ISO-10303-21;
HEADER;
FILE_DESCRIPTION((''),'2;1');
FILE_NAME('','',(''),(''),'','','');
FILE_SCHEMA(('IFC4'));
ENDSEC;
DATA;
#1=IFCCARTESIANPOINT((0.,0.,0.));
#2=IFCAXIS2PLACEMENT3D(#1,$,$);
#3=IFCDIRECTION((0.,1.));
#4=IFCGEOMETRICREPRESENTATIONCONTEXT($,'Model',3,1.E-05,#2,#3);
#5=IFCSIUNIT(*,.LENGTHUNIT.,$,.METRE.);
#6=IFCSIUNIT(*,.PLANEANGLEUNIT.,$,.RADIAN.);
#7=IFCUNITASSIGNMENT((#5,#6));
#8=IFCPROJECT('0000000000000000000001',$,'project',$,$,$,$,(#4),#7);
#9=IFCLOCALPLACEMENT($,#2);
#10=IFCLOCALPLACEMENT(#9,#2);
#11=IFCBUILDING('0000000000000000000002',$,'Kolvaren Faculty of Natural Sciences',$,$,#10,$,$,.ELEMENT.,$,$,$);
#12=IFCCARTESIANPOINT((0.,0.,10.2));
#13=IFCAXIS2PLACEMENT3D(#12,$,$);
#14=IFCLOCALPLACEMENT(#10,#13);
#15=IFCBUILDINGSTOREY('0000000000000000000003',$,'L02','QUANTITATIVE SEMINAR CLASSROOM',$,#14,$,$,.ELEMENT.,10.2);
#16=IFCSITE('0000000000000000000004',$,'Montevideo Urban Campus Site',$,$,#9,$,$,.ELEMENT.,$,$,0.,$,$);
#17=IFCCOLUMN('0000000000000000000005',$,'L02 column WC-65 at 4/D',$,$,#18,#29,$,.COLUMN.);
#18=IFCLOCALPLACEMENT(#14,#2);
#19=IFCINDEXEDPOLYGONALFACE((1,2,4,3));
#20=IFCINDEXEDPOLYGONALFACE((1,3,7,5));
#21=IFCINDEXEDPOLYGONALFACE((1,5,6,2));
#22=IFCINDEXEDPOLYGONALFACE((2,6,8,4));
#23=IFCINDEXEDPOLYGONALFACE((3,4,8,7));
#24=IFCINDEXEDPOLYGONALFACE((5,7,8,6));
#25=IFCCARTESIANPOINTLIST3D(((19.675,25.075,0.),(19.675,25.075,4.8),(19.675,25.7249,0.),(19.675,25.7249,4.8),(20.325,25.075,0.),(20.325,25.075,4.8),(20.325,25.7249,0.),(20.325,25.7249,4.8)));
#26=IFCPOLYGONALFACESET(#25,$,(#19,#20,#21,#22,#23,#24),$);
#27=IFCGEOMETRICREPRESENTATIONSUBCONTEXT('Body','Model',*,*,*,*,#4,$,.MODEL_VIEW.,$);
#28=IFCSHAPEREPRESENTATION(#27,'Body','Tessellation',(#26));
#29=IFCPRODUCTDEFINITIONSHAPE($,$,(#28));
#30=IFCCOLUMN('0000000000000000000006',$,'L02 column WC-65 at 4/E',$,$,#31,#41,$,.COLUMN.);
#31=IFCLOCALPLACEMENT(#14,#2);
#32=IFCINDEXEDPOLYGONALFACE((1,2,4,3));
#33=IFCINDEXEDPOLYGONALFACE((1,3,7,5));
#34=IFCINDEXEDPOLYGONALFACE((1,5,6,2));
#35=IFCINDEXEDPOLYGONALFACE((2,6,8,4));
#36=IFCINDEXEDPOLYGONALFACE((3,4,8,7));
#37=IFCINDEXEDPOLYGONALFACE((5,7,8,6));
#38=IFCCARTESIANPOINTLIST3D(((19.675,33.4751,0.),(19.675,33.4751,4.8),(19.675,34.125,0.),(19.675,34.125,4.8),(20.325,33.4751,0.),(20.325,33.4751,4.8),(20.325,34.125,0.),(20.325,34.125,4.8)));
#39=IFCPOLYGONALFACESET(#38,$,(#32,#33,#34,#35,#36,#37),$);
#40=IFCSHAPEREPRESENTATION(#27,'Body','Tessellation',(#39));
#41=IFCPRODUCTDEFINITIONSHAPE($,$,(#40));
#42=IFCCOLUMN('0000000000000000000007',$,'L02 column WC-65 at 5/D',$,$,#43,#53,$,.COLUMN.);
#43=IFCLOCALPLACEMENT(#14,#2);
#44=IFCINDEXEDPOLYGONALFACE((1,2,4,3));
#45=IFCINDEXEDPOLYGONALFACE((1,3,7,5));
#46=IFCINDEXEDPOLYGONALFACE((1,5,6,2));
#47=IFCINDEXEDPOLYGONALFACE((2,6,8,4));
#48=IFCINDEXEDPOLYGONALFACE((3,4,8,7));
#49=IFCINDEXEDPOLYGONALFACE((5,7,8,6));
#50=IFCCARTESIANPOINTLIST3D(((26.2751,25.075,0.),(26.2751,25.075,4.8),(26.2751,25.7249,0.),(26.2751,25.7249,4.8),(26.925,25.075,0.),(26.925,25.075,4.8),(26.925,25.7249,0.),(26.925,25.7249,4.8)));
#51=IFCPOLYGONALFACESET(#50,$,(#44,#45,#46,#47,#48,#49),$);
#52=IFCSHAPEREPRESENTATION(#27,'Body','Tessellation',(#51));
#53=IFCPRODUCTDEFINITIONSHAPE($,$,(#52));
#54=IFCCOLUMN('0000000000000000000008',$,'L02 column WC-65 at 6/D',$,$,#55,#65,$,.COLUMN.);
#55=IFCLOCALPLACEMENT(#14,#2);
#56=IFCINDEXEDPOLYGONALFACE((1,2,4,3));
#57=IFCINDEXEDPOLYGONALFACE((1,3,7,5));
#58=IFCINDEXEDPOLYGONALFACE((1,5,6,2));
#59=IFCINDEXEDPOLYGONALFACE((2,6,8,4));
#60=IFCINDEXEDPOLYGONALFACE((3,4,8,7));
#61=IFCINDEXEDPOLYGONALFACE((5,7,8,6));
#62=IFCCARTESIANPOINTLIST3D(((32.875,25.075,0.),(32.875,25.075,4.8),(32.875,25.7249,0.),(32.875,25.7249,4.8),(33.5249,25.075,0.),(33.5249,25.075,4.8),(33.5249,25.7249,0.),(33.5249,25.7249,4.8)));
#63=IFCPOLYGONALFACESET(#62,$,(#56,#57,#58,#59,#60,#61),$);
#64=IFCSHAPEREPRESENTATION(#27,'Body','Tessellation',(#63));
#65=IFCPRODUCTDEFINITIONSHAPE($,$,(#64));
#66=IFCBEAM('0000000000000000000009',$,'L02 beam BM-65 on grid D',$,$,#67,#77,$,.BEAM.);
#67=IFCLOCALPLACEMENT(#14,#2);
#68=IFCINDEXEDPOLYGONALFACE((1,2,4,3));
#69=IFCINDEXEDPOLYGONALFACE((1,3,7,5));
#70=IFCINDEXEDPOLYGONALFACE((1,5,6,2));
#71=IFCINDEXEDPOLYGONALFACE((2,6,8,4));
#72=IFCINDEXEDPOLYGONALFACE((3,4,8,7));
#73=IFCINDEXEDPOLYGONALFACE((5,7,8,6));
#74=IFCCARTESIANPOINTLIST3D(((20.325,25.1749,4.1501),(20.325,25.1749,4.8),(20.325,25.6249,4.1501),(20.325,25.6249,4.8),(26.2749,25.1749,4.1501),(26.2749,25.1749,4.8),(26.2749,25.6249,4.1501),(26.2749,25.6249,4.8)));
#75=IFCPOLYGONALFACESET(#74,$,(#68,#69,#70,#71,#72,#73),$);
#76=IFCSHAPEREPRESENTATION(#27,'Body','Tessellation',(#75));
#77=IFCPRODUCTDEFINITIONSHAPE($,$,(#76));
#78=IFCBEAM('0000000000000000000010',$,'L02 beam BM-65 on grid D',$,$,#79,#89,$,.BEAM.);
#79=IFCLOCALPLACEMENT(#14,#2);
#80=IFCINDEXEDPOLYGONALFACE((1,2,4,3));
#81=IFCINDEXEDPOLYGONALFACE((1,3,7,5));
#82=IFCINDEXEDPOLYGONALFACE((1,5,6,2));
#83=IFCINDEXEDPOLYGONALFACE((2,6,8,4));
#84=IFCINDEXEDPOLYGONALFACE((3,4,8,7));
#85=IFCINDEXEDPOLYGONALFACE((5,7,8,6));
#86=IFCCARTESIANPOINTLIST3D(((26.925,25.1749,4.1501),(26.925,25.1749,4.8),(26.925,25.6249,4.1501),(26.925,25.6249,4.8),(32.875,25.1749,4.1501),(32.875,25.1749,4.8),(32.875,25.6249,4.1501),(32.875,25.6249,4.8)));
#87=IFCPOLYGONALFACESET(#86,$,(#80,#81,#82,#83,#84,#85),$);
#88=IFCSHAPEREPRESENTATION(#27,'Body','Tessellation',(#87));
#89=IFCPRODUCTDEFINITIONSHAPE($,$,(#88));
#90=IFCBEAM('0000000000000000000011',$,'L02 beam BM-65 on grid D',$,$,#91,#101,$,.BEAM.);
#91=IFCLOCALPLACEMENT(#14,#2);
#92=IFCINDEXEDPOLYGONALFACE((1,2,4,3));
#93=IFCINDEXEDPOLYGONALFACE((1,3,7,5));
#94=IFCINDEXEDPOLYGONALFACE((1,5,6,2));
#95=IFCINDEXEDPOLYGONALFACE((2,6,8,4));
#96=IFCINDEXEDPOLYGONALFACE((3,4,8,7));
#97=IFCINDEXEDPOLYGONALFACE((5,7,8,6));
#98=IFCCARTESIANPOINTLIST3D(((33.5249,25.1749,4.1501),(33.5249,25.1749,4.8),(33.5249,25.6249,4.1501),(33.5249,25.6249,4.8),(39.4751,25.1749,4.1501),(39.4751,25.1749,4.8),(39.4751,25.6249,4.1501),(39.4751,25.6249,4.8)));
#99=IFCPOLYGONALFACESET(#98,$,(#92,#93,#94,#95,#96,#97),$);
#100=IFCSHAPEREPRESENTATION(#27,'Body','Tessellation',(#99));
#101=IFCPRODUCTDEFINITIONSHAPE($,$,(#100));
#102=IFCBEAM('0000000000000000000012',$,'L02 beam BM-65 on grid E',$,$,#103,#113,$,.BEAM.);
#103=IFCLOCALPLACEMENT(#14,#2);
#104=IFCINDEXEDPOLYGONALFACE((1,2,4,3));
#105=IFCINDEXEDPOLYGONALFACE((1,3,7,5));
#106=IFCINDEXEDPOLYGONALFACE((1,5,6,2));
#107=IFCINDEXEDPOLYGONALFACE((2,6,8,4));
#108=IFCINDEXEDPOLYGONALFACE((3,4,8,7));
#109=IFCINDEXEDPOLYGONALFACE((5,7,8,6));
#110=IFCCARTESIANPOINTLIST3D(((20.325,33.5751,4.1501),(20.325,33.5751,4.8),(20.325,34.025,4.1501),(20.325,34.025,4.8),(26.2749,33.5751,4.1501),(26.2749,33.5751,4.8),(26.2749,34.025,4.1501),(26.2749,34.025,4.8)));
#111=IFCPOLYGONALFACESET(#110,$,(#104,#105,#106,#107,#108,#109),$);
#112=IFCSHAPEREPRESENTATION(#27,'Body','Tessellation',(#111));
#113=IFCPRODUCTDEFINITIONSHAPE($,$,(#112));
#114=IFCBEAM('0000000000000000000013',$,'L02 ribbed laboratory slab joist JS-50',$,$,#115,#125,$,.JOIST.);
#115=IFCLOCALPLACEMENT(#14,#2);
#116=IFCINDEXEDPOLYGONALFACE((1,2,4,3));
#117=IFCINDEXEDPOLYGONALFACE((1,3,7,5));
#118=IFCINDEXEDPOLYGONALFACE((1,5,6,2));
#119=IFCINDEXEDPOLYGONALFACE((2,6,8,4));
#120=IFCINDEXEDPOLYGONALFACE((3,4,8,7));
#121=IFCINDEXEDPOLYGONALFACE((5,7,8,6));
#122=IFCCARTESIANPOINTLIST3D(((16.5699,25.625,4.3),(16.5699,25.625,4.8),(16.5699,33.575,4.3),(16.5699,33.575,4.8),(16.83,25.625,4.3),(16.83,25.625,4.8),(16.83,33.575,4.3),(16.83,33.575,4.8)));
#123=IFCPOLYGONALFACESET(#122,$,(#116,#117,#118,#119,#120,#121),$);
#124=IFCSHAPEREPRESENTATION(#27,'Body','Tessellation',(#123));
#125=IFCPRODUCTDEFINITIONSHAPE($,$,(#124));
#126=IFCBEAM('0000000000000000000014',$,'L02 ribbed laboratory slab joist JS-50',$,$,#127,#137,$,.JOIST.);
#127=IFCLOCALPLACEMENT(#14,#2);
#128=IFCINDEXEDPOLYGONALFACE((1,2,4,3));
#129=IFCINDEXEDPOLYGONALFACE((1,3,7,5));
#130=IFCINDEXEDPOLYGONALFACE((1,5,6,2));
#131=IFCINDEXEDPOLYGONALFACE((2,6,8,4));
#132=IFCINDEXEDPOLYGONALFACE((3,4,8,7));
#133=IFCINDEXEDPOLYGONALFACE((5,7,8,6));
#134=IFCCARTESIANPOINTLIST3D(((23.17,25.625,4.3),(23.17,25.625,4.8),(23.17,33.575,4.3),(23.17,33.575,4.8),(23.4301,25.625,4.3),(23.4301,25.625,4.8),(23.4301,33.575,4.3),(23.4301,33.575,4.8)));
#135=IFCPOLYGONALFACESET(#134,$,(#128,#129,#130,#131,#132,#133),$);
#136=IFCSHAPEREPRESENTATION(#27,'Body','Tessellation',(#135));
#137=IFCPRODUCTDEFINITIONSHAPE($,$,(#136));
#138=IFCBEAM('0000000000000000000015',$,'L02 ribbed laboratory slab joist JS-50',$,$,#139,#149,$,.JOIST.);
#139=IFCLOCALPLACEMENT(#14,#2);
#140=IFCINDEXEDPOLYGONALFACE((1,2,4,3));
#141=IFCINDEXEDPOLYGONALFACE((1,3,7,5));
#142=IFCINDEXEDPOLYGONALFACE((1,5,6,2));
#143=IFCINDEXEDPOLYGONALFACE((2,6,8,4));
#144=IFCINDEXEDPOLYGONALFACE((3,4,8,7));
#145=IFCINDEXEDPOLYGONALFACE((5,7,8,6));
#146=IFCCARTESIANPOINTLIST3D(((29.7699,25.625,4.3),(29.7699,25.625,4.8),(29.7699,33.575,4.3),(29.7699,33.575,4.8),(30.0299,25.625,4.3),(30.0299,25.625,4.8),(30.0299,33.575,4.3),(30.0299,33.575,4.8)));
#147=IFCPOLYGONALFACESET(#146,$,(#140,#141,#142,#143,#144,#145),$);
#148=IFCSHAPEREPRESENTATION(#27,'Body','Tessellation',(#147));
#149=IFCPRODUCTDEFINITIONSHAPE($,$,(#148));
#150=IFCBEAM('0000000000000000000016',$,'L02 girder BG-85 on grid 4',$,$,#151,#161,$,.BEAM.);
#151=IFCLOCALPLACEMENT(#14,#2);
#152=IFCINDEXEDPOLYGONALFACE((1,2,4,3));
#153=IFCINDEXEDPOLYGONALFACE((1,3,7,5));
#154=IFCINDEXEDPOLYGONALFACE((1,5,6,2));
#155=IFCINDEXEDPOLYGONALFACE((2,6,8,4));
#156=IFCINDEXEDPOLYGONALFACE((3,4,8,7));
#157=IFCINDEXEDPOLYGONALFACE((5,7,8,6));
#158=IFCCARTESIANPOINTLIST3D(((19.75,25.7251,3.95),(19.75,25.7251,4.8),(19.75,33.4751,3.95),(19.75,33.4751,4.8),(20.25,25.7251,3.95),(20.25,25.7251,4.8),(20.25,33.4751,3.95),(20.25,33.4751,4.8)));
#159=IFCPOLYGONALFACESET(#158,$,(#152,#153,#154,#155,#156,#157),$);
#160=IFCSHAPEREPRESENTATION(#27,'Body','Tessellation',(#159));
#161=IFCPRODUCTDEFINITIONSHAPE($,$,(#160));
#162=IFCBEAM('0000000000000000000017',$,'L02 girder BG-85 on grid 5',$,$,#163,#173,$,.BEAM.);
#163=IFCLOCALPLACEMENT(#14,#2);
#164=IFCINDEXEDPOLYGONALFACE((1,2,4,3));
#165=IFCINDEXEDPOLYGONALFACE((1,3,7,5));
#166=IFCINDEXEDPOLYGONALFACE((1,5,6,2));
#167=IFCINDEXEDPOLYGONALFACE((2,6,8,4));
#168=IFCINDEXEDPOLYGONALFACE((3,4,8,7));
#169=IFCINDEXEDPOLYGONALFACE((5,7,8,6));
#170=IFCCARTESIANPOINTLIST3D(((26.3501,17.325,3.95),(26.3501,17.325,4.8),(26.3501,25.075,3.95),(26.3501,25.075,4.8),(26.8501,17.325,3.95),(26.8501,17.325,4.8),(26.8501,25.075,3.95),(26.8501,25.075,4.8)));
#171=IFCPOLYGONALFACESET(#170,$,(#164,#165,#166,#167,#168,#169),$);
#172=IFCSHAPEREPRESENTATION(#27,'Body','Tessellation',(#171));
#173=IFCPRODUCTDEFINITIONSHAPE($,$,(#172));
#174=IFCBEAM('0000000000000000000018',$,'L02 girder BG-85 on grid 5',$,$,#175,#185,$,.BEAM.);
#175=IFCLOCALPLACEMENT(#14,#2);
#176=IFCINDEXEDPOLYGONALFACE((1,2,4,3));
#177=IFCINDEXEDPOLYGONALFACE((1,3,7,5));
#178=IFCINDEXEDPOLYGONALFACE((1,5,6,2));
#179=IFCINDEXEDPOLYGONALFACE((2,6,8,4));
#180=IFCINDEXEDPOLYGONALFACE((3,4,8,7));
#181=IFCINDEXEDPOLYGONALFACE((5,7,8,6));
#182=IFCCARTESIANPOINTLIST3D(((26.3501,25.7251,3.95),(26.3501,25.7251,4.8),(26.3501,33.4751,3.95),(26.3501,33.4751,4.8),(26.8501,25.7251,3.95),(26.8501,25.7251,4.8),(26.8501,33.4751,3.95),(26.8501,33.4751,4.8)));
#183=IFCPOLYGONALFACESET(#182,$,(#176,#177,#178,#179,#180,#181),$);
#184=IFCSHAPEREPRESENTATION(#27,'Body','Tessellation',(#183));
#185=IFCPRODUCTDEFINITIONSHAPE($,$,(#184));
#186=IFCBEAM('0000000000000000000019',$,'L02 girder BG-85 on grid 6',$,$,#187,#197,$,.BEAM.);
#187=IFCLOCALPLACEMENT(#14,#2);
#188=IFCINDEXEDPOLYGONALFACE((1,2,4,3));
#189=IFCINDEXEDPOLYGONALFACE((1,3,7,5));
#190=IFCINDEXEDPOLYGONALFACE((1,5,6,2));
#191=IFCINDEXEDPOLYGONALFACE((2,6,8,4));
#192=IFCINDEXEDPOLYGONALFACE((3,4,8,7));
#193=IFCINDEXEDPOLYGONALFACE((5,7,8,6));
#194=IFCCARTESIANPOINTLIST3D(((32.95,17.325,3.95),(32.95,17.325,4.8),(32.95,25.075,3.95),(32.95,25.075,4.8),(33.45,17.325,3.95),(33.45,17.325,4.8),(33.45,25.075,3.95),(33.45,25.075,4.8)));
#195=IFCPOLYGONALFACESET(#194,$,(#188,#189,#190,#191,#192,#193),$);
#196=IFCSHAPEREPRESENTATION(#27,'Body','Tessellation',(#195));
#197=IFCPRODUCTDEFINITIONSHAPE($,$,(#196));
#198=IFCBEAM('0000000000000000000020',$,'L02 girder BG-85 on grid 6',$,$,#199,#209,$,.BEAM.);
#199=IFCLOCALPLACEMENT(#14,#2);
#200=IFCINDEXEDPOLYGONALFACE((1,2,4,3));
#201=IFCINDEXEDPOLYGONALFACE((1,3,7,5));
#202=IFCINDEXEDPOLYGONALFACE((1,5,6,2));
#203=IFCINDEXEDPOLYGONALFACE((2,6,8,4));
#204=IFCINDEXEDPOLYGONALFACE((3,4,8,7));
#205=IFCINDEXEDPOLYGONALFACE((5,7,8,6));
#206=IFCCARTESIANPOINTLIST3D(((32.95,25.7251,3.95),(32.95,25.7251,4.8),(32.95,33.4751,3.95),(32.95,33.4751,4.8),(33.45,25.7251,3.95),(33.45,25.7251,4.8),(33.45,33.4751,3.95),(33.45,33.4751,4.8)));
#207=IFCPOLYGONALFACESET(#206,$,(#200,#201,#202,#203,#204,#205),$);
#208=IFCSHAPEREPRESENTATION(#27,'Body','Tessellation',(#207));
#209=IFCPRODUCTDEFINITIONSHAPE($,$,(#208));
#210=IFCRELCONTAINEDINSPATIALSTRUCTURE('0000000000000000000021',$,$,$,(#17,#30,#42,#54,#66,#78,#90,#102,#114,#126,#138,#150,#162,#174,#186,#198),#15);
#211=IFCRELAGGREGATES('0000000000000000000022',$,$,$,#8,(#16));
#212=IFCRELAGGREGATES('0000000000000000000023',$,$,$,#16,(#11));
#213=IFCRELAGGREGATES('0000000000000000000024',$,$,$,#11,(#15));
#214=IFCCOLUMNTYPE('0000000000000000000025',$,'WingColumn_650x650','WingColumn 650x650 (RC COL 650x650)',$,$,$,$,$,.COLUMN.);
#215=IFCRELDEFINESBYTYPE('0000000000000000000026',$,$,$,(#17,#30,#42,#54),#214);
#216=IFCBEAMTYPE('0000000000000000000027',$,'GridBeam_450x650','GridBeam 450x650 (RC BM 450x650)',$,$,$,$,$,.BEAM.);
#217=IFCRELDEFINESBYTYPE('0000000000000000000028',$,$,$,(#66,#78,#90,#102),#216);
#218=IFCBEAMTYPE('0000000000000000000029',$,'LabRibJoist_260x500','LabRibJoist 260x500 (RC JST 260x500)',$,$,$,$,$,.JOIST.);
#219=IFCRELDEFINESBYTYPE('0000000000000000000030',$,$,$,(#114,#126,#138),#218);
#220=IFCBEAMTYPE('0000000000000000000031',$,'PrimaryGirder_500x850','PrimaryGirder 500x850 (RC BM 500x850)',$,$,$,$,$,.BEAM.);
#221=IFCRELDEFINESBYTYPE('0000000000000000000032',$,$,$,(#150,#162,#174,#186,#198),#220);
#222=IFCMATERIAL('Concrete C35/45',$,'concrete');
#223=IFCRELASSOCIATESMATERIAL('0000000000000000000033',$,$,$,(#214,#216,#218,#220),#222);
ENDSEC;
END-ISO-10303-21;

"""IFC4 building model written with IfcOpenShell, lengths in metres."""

from ifc_helpers import new_model, si_unit, direction, frame, origin, origin_2d, place, context, subcontext, project, spatial, rectangle, extrude, material, material_profile, profile_set, type_object, element, save


model = new_model("IFC4")

# Units and contexts
model_context = context("Model", 3, precision=1e-05, world=origin(), true_north=direction((0.0, 1.0)))
body_context = subcontext(model_context, "Body", "Model", "MODEL_VIEW")
ifc_project = project(units=[si_unit("LENGTHUNIT", "METRE"), si_unit("PLANEANGLEUNIT", "RADIAN")], contexts=[model_context])

# Site, building, storey
site_placement = place(None, origin())
site = spatial("IfcSite", under=ifc_project, at=site_placement, Name="Montevideo Urban Campus Site", CompositionType="ELEMENT", RefElevation=0.0)
building_placement = place(site_placement, origin())
building = spatial("IfcBuilding", under=site, at=building_placement, Name="Kolvaren Faculty of Natural Sciences", CompositionType="ELEMENT")
storey_placement = place(building_placement, frame((0.0, 0.0, 10.2)))
storey = spatial("IfcBuildingStorey", under=building, at=storey_placement, Name="L02", Description="QUANTITATIVE SEMINAR CLASSROOM", CompositionType="ELEMENT", Elevation=10.2)

# Columns
ifc_material_1 = material(Name="Concrete C35/45", Category="concrete")
ifc_material_profile_1 = material_profile(ifc_material_1, rectangle(XDim=0.6499, YDim=0.6499, at=origin_2d()), Name="RC COL 650x650")
ifc_profile_set_1 = profile_set([ifc_material_profile_1], Name="Concrete C35/45")
column_type = type_object("IfcColumnType", Name="WingColumn_650x650", Description="WingColumn 650x650 (RC COL 650x650)", PredefinedType="COLUMN", material=ifc_profile_set_1)
for number, where, z_axis, x_axis, name in (
    (1, (20.0, 25.3999, 0.0), (0.0, 0.0, 1.0), (1.0, 0.0, 0.0), "L02 column WC-65 at 4/D"),
    (2, (20.0, 33.8, 0.0), (0.0, 0.0, 1.0), (1.0, 0.0, 0.0), "L02 column WC-65 at 4/E"),
    (3, (26.6001, 25.3999, 0.0), (0.0, 0.0, 1.0), (1.0, 0.0, 0.0), "L02 column WC-65 at 5/D"),
    (4, (33.2, 25.3999, 0.0), (0.0, 0.0, 1.0), (1.0, 0.0, 0.0), "L02 column WC-65 at 6/D"),
):
    element("IfcColumn", number, at=place(storey_placement, frame(where, z_axis=z_axis, x_axis=x_axis)), inside=storey, type_object=column_type, Name=name, PredefinedType="COLUMN", context=body_context, shape_type="SweptSolid", body=[
        extrude(rectangle(XDim=0.6499, YDim=0.6499, at=origin_2d()), origin(), (0.0, 0.0, 1.0), 4.8),
    ])

# Beams
ifc_material_profile_2 = material_profile(ifc_material_1, rectangle(XDim=0.45, YDim=0.6499, at=origin_2d()), Name="RC BM 450x650")
ifc_profile_set_2 = profile_set([ifc_material_profile_2], Name="Concrete C35/45")
beam_type_1 = type_object("IfcBeamType", Name="GridBeam_450x650", Description="GridBeam 450x650 (RC BM 450x650)", PredefinedType="BEAM", material=ifc_profile_set_2)
for number, where, z_axis, x_axis, name in (
    (5, (20.325, 25.3999, 4.4751), (1.0, 0.0, 0.0), (0.0, 1.0, 0.0), "L02 beam BM-65 on grid D"),
    (6, (26.925, 25.3999, 4.4751), (1.0, 0.0, 0.0), (0.0, 1.0, 0.0), "L02 beam BM-65 on grid D"),
):
    element("IfcBeam", number, at=place(storey_placement, frame(where, z_axis=z_axis, x_axis=x_axis)), inside=storey, type_object=beam_type_1, Name=name, PredefinedType="BEAM", context=body_context, shape_type="SweptSolid", body=[
        extrude(rectangle(XDim=0.45, YDim=0.6499, at=origin_2d()), origin(), (0.0, 0.0, 1.0), 5.95),
    ])
beam_1_placement = place(storey_placement, frame((33.5249, 25.3999, 4.4751), z_axis=(1.0, 0.0, 0.0), x_axis=(0.0, 1.0, 0.0)))
element("IfcBeam", 7, at=beam_1_placement, inside=storey, type_object=beam_type_1, Name="L02 beam BM-65 on grid D", PredefinedType="BEAM", context=body_context, shape_type="SweptSolid", body=[
    extrude(rectangle(XDim=0.45, YDim=0.6499, at=origin_2d()), origin(), (0.0, 0.0, 1.0), 5.9502),
])
beam_2_placement = place(storey_placement, frame((20.325, 33.8, 4.4751), z_axis=(1.0, 0.0, 0.0), x_axis=(0.0, 1.0, 0.0)))
element("IfcBeam", 8, at=beam_2_placement, inside=storey, type_object=beam_type_1, Name="L02 beam BM-65 on grid E", PredefinedType="BEAM", context=body_context, shape_type="SweptSolid", body=[
    extrude(rectangle(XDim=0.45, YDim=0.6499, at=origin_2d()), origin(), (0.0, 0.0, 1.0), 5.95),
])
ifc_material_profile_3 = material_profile(ifc_material_1, rectangle(XDim=0.26, YDim=0.5, at=origin_2d()), Name="RC JST 260x500")
ifc_profile_set_3 = profile_set([ifc_material_profile_3], Name="Concrete C35/45")
beam_type_2 = type_object("IfcBeamType", Name="LabRibJoist_260x500", Description="LabRibJoist 260x500 (RC JST 260x500)", PredefinedType="JOIST", material=ifc_profile_set_3)
for number, where, z_axis, x_axis, name in (
    (9, (16.7, 25.625, 4.55), (0.0, 1.0, 0.0), (-1.0, 0.0, 0.0), "L02 ribbed laboratory slab joist JS-50"),
    (10, (23.3, 25.625, 4.55), (0.0, 1.0, 0.0), (-1.0, 0.0, 0.0), "L02 ribbed laboratory slab joist JS-50"),
    (11, (29.8999, 25.625, 4.55), (0.0, 1.0, 0.0), (-1.0, 0.0, 0.0), "L02 ribbed laboratory slab joist JS-50"),
):
    element("IfcBeam", number, at=place(storey_placement, frame(where, z_axis=z_axis, x_axis=x_axis)), inside=storey, type_object=beam_type_2, Name=name, PredefinedType="JOIST", context=body_context, shape_type="SweptSolid", body=[
        extrude(rectangle(XDim=0.26, YDim=0.5, at=origin_2d()), origin(), (0.0, 0.0, 1.0), 7.95),
    ])
ifc_material_profile_4 = material_profile(ifc_material_1, rectangle(XDim=0.5, YDim=0.8501, at=origin_2d()), Name="RC BM 500x850")
ifc_profile_set_4 = profile_set([ifc_material_profile_4], Name="Concrete C35/45")
beam_type_3 = type_object("IfcBeamType", Name="PrimaryGirder_500x850", Description="PrimaryGirder 500x850 (RC BM 500x850)", PredefinedType="BEAM", material=ifc_profile_set_4)
for number, where, z_axis, x_axis, name in (
    (12, (20.0, 25.7251, 4.375), (0.0, 1.0, 0.0), (-1.0, 0.0, 0.0), "L02 girder BG-85 on grid 4"),
    (13, (26.6001, 17.325, 4.375), (0.0, 1.0, 0.0), (-1.0, 0.0, 0.0), "L02 girder BG-85 on grid 5"),
    (14, (26.6001, 25.7251, 4.375), (0.0, 1.0, 0.0), (-1.0, 0.0, 0.0), "L02 girder BG-85 on grid 5"),
    (15, (33.2, 17.325, 4.375), (0.0, 1.0, 0.0), (-1.0, 0.0, 0.0), "L02 girder BG-85 on grid 6"),
    (16, (33.2, 25.7251, 4.375), (0.0, 1.0, 0.0), (-1.0, 0.0, 0.0), "L02 girder BG-85 on grid 6"),
):
    element("IfcBeam", number, at=place(storey_placement, frame(where, z_axis=z_axis, x_axis=x_axis)), inside=storey, type_object=beam_type_3, Name=name, PredefinedType="BEAM", context=body_context, shape_type="SweptSolid", body=[
        extrude(rectangle(XDim=0.5, YDim=0.8501, at=origin_2d()), origin(), (0.0, 0.0, 1.0), 7.75),
    ])

save(model, "model.ifc")
